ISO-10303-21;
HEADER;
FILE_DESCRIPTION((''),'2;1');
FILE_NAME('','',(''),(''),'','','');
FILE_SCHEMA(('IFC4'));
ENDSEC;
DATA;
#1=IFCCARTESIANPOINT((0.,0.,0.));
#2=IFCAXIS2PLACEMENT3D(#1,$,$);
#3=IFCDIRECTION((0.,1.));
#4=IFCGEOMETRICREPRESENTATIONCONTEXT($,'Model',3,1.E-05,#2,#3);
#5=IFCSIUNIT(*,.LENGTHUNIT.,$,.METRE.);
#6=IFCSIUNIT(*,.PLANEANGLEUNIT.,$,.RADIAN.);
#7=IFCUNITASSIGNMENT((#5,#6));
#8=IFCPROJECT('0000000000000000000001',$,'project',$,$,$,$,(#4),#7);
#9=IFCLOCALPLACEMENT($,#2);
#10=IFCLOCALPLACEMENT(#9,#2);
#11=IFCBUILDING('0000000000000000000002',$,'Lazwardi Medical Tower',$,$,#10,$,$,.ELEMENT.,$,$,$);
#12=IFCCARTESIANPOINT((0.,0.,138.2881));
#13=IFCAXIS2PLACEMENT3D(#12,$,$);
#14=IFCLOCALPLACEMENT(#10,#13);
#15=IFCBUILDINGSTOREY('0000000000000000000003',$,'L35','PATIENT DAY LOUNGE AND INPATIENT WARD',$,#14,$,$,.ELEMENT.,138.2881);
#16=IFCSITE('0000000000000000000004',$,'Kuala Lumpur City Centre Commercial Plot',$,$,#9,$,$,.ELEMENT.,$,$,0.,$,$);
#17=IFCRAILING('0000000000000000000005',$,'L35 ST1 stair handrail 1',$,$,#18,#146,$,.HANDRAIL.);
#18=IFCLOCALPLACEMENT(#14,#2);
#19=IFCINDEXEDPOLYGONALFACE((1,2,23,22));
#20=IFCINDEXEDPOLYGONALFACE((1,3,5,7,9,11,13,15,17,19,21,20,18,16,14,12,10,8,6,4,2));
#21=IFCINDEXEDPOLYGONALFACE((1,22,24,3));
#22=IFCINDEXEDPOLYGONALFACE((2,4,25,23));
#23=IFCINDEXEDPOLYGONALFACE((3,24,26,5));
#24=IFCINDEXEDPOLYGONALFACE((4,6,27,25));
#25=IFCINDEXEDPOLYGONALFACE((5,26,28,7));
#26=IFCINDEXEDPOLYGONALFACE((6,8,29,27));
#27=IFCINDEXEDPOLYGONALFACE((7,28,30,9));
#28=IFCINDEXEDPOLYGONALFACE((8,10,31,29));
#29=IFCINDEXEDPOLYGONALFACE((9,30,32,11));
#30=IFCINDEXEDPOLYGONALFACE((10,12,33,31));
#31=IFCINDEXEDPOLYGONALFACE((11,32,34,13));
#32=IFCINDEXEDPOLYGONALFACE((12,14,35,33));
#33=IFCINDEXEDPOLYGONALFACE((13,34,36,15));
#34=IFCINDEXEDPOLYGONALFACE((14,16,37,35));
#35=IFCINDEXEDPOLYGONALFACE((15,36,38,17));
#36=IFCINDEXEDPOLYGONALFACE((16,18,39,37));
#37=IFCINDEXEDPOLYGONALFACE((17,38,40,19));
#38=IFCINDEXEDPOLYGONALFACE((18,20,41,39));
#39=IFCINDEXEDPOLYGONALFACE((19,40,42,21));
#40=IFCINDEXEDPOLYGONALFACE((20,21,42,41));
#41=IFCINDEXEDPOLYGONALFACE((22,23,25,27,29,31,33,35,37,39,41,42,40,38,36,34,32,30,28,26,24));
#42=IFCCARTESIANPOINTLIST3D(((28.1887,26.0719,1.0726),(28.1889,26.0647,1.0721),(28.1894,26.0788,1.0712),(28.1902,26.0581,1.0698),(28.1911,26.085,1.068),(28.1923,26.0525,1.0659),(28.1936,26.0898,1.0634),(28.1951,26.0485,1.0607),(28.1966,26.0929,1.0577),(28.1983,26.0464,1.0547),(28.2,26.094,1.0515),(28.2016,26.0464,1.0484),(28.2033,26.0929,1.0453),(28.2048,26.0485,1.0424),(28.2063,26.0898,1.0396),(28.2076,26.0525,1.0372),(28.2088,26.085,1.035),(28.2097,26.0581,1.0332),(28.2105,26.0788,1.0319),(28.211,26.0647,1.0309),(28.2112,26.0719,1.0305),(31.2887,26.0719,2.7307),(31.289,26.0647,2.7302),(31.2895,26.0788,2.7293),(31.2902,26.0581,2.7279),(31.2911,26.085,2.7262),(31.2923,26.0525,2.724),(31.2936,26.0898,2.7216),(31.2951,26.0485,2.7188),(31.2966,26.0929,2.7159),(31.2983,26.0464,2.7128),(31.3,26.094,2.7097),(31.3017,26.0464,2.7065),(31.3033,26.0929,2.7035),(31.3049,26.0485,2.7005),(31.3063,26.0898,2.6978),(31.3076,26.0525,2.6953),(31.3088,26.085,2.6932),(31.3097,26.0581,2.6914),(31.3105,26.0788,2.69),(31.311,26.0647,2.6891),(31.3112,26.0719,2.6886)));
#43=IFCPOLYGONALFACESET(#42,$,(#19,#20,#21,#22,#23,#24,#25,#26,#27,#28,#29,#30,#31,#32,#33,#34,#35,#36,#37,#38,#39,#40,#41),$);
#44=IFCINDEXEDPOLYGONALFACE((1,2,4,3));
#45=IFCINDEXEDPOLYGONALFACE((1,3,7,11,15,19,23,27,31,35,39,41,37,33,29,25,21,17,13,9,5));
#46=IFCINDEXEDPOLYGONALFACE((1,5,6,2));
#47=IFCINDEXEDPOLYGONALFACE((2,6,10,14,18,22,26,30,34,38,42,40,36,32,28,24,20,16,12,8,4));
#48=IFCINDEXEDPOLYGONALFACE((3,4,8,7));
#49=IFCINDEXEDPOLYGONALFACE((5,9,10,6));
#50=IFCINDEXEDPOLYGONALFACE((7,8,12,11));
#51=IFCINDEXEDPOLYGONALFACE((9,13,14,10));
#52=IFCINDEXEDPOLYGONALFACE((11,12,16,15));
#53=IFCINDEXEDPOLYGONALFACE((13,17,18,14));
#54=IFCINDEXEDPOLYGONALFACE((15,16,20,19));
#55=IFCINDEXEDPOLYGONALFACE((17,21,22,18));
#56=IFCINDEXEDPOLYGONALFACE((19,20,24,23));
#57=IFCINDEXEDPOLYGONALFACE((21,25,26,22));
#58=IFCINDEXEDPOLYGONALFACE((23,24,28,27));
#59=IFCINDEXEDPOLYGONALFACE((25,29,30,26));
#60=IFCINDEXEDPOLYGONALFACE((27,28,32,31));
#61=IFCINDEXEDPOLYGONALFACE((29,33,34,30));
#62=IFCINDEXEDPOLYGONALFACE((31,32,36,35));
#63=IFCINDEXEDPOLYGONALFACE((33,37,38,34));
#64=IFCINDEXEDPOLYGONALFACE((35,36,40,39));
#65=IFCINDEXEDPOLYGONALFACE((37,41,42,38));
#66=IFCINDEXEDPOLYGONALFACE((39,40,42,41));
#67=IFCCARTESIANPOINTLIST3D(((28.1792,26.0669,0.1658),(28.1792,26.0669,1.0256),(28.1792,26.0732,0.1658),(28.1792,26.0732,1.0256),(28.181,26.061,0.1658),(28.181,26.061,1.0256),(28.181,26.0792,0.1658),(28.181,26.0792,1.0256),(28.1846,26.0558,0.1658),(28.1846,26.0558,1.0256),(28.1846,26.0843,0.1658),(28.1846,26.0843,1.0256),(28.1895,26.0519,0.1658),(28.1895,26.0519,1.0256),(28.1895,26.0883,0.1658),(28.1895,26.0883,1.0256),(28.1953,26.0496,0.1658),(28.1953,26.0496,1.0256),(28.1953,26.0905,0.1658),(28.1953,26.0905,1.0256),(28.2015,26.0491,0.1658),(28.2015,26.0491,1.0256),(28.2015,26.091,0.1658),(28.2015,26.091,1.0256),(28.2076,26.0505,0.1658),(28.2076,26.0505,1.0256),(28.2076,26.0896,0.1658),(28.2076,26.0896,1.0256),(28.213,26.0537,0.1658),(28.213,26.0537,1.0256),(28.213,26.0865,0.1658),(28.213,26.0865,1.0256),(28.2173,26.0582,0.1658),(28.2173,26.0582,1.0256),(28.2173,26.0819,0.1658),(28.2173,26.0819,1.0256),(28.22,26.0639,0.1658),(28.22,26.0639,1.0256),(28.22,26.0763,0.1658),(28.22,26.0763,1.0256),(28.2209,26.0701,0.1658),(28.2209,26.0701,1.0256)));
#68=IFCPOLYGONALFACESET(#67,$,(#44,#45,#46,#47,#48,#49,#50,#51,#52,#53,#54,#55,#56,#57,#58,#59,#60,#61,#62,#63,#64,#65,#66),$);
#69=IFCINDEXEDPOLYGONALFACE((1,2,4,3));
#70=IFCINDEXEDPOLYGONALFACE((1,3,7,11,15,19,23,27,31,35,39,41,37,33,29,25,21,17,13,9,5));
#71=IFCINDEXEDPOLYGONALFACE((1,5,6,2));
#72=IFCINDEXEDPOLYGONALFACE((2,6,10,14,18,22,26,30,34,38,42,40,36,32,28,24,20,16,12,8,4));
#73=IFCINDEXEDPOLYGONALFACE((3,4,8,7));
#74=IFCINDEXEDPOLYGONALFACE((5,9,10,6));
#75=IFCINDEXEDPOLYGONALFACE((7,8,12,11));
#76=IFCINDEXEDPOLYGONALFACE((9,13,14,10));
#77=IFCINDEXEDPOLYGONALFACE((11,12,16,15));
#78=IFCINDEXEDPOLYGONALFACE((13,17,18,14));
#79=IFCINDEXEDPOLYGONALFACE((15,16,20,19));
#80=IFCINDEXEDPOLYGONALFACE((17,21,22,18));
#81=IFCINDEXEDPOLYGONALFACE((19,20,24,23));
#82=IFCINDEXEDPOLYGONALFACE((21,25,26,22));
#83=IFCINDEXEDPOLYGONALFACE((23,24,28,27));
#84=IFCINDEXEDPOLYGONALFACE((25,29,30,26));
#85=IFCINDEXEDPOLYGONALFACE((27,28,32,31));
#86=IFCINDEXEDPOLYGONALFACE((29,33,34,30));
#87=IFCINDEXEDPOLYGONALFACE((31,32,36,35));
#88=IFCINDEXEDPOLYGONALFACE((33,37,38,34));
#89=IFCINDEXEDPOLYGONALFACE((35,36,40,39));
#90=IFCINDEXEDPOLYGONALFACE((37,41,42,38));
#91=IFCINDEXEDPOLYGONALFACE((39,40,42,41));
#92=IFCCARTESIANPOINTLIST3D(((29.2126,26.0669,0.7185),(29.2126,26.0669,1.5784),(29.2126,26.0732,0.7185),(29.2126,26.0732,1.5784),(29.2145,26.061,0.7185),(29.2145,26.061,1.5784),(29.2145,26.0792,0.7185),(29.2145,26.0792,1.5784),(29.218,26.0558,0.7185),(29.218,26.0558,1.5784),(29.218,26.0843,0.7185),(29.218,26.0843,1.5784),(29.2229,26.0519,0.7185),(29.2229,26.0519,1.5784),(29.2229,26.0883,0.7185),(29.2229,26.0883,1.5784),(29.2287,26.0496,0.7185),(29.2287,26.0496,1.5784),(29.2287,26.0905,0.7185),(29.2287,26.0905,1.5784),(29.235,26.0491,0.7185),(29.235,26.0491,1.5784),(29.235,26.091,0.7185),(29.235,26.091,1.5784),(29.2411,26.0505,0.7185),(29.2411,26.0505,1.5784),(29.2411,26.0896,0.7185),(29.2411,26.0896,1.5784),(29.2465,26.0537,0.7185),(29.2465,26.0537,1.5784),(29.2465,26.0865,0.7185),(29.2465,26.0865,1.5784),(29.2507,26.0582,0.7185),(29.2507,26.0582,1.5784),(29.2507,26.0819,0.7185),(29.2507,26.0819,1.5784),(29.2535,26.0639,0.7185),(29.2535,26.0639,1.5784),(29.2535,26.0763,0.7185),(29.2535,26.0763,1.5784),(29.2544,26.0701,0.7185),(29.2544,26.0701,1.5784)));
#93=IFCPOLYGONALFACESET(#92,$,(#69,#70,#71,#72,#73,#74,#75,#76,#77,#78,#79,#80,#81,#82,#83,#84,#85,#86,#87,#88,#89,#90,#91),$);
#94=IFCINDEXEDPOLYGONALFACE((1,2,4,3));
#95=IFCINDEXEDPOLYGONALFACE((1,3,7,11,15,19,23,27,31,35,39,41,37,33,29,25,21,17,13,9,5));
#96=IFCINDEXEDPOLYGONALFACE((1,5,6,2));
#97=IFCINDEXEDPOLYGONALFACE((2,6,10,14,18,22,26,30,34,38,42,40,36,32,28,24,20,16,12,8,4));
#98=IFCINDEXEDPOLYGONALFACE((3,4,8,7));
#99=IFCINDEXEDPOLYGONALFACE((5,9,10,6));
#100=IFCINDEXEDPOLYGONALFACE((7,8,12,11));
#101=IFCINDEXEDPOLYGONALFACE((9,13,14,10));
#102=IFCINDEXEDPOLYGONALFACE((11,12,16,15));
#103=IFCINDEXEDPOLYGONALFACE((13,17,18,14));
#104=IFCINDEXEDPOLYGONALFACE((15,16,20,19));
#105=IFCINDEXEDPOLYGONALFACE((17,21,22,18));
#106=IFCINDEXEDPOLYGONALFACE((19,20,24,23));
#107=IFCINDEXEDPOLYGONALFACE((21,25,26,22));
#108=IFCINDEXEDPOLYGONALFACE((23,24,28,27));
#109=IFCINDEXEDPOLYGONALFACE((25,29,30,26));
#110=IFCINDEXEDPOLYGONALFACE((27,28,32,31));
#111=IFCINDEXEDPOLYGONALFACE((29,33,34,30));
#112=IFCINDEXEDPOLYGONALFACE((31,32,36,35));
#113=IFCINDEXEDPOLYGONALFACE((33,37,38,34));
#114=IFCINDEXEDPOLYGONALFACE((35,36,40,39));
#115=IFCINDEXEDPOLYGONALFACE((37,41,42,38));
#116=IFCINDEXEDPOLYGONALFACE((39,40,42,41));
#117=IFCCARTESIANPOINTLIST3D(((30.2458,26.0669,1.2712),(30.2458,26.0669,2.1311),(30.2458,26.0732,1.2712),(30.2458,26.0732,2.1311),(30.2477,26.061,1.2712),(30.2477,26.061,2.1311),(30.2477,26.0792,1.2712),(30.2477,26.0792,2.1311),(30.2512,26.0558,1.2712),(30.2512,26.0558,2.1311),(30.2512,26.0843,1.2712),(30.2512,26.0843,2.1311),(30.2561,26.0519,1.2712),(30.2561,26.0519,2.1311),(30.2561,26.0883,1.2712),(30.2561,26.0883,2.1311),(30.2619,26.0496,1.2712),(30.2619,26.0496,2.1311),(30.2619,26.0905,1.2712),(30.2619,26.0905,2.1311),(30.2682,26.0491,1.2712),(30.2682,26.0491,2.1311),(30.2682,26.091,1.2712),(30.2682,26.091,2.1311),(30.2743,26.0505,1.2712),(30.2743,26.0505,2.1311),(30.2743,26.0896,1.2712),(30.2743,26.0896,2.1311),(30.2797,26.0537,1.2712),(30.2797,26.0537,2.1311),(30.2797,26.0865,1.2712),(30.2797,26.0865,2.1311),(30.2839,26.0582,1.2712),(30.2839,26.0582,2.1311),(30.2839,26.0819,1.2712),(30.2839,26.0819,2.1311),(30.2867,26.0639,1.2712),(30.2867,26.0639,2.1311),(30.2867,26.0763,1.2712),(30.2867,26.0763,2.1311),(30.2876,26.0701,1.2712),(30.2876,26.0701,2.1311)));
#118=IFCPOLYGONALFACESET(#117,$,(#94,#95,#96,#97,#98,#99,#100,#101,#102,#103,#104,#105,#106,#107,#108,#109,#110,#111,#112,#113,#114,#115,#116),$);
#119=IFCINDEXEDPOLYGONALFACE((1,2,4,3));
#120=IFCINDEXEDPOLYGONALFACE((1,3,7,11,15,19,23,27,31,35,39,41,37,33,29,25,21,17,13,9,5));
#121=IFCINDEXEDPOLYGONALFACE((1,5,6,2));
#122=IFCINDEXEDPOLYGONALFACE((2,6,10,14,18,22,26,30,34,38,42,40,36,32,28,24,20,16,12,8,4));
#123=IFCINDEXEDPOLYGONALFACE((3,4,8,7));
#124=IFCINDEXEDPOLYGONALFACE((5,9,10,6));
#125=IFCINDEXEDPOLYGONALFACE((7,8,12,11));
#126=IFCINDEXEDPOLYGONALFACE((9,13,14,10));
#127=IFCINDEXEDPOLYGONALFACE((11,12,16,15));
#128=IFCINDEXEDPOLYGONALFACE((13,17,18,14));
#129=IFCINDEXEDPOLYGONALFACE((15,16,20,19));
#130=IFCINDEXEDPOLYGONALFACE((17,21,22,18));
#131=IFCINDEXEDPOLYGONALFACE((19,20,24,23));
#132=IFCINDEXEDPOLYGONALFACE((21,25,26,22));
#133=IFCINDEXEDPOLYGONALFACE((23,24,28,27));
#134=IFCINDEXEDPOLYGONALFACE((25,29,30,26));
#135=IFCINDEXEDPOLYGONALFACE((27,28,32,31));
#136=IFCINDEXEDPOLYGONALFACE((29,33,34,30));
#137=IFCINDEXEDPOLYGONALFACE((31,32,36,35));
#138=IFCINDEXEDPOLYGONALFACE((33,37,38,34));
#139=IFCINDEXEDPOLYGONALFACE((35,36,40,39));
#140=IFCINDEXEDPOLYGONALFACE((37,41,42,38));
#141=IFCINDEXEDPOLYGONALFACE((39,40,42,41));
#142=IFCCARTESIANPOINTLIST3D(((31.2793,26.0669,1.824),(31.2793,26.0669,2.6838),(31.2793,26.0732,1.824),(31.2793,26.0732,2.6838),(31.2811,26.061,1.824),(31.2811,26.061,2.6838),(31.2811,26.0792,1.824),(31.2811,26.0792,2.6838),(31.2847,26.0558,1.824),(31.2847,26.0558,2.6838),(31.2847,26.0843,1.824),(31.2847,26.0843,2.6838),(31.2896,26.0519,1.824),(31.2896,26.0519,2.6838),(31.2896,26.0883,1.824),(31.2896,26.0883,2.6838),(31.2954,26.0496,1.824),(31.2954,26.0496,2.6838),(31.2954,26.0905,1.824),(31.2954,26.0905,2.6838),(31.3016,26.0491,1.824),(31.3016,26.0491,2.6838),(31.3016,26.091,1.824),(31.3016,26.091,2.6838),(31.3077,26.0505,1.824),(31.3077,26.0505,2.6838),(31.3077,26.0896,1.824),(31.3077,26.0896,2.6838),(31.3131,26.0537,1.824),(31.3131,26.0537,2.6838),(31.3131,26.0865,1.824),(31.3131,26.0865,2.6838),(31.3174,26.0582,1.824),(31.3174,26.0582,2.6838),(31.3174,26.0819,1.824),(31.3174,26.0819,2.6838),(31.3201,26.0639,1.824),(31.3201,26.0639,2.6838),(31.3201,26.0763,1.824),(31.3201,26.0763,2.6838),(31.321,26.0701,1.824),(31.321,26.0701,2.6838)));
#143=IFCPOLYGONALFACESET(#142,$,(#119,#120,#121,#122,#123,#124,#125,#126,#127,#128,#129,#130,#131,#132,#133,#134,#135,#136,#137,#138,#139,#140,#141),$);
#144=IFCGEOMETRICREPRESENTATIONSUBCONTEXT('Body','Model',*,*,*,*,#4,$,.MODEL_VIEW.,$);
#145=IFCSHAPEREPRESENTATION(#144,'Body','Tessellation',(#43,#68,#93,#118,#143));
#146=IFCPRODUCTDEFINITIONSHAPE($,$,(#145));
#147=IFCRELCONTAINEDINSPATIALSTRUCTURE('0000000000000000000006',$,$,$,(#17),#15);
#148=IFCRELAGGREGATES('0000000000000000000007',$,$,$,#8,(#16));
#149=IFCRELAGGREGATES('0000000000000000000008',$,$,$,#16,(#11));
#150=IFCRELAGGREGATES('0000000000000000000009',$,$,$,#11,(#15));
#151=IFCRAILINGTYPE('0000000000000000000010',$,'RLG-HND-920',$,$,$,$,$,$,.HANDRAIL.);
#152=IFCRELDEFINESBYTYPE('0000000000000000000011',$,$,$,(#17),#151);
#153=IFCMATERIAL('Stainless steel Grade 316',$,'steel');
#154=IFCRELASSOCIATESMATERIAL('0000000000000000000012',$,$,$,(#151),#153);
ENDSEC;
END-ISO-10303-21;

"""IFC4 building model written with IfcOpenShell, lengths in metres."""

from ifc_helpers import new_model, si_unit, direction, frame, origin, origin_2d, place, context, subcontext, project, spatial, circle, extrude, material, type_object, element, save


model = new_model("IFC4")

# Units and contexts
model_context = context("Model", 3, precision=1e-05, world=origin(), true_north=direction((0.0, 1.0)))
body_context = subcontext(model_context, "Body", "Model", "MODEL_VIEW")
ifc_project = project(units=[si_unit("LENGTHUNIT", "METRE"), si_unit("PLANEANGLEUNIT", "RADIAN")], contexts=[model_context])

# Site, building, storey
site_placement = place(None, origin())
site = spatial("IfcSite", under=ifc_project, at=site_placement, Name="Kuala Lumpur City Centre Commercial Plot", CompositionType="ELEMENT", RefElevation=0.0)
building_placement = place(site_placement, origin())
building = spatial("IfcBuilding", under=site, at=building_placement, Name="Lazwardi Medical Tower", CompositionType="ELEMENT")
storey_placement = place(building_placement, frame((0.0, 0.0, 138.2881)))
storey = spatial("IfcBuildingStorey", under=building, at=storey_placement, Name="L35", Description="PATIENT DAY LOUNGE AND INPATIENT WARD", CompositionType="ELEMENT", Elevation=138.2881)

# Railing
ifc_material_1 = material(Name="Stainless steel Grade 316", Category="steel")
railing_type_1 = type_object("IfcRailingType", Name="RLG-HND-920", PredefinedType="HANDRAIL", material=ifc_material_1)
railing_1_placement = place(storey_placement, frame((28.2, 26.0701, 0.1658)))
element("IfcRailing", 1, at=railing_1_placement, inside=storey, type_object=railing_type_1, Name="L35 ST1 stair handrail 1", PredefinedType="HANDRAIL", context=body_context, shape_type="SweptSolid", body=[
    extrude(circle(Radius=0.0239, at=origin_2d()), frame((0.0, 0.0, 0.8857), z_axis=(0.881783, 0.0, 0.471655), x_axis=(0.0, 1.0, 0.0)), (0.0, 0.0, 1.0), 3.5156),
    extrude(circle(Radius=0.021, at=origin_2d()), origin(), (0.0, 0.0, 1.0), 0.8599),
    extrude(circle(Radius=0.021, at=origin_2d()), frame((1.0334, 0.0, 0.5527)), (0.0, 0.0, 1.0), 0.8599),
    extrude(circle(Radius=0.021, at=origin_2d()), frame((2.0667, 0.0, 1.1055)), (0.0, 0.0, 1.0), 0.8599),
    extrude(circle(Radius=0.021, at=origin_2d()), frame((3.1001, 0.0, 1.6582)), (0.0, 0.0, 1.0), 0.8599),
])

save(model, "model.ifc")
